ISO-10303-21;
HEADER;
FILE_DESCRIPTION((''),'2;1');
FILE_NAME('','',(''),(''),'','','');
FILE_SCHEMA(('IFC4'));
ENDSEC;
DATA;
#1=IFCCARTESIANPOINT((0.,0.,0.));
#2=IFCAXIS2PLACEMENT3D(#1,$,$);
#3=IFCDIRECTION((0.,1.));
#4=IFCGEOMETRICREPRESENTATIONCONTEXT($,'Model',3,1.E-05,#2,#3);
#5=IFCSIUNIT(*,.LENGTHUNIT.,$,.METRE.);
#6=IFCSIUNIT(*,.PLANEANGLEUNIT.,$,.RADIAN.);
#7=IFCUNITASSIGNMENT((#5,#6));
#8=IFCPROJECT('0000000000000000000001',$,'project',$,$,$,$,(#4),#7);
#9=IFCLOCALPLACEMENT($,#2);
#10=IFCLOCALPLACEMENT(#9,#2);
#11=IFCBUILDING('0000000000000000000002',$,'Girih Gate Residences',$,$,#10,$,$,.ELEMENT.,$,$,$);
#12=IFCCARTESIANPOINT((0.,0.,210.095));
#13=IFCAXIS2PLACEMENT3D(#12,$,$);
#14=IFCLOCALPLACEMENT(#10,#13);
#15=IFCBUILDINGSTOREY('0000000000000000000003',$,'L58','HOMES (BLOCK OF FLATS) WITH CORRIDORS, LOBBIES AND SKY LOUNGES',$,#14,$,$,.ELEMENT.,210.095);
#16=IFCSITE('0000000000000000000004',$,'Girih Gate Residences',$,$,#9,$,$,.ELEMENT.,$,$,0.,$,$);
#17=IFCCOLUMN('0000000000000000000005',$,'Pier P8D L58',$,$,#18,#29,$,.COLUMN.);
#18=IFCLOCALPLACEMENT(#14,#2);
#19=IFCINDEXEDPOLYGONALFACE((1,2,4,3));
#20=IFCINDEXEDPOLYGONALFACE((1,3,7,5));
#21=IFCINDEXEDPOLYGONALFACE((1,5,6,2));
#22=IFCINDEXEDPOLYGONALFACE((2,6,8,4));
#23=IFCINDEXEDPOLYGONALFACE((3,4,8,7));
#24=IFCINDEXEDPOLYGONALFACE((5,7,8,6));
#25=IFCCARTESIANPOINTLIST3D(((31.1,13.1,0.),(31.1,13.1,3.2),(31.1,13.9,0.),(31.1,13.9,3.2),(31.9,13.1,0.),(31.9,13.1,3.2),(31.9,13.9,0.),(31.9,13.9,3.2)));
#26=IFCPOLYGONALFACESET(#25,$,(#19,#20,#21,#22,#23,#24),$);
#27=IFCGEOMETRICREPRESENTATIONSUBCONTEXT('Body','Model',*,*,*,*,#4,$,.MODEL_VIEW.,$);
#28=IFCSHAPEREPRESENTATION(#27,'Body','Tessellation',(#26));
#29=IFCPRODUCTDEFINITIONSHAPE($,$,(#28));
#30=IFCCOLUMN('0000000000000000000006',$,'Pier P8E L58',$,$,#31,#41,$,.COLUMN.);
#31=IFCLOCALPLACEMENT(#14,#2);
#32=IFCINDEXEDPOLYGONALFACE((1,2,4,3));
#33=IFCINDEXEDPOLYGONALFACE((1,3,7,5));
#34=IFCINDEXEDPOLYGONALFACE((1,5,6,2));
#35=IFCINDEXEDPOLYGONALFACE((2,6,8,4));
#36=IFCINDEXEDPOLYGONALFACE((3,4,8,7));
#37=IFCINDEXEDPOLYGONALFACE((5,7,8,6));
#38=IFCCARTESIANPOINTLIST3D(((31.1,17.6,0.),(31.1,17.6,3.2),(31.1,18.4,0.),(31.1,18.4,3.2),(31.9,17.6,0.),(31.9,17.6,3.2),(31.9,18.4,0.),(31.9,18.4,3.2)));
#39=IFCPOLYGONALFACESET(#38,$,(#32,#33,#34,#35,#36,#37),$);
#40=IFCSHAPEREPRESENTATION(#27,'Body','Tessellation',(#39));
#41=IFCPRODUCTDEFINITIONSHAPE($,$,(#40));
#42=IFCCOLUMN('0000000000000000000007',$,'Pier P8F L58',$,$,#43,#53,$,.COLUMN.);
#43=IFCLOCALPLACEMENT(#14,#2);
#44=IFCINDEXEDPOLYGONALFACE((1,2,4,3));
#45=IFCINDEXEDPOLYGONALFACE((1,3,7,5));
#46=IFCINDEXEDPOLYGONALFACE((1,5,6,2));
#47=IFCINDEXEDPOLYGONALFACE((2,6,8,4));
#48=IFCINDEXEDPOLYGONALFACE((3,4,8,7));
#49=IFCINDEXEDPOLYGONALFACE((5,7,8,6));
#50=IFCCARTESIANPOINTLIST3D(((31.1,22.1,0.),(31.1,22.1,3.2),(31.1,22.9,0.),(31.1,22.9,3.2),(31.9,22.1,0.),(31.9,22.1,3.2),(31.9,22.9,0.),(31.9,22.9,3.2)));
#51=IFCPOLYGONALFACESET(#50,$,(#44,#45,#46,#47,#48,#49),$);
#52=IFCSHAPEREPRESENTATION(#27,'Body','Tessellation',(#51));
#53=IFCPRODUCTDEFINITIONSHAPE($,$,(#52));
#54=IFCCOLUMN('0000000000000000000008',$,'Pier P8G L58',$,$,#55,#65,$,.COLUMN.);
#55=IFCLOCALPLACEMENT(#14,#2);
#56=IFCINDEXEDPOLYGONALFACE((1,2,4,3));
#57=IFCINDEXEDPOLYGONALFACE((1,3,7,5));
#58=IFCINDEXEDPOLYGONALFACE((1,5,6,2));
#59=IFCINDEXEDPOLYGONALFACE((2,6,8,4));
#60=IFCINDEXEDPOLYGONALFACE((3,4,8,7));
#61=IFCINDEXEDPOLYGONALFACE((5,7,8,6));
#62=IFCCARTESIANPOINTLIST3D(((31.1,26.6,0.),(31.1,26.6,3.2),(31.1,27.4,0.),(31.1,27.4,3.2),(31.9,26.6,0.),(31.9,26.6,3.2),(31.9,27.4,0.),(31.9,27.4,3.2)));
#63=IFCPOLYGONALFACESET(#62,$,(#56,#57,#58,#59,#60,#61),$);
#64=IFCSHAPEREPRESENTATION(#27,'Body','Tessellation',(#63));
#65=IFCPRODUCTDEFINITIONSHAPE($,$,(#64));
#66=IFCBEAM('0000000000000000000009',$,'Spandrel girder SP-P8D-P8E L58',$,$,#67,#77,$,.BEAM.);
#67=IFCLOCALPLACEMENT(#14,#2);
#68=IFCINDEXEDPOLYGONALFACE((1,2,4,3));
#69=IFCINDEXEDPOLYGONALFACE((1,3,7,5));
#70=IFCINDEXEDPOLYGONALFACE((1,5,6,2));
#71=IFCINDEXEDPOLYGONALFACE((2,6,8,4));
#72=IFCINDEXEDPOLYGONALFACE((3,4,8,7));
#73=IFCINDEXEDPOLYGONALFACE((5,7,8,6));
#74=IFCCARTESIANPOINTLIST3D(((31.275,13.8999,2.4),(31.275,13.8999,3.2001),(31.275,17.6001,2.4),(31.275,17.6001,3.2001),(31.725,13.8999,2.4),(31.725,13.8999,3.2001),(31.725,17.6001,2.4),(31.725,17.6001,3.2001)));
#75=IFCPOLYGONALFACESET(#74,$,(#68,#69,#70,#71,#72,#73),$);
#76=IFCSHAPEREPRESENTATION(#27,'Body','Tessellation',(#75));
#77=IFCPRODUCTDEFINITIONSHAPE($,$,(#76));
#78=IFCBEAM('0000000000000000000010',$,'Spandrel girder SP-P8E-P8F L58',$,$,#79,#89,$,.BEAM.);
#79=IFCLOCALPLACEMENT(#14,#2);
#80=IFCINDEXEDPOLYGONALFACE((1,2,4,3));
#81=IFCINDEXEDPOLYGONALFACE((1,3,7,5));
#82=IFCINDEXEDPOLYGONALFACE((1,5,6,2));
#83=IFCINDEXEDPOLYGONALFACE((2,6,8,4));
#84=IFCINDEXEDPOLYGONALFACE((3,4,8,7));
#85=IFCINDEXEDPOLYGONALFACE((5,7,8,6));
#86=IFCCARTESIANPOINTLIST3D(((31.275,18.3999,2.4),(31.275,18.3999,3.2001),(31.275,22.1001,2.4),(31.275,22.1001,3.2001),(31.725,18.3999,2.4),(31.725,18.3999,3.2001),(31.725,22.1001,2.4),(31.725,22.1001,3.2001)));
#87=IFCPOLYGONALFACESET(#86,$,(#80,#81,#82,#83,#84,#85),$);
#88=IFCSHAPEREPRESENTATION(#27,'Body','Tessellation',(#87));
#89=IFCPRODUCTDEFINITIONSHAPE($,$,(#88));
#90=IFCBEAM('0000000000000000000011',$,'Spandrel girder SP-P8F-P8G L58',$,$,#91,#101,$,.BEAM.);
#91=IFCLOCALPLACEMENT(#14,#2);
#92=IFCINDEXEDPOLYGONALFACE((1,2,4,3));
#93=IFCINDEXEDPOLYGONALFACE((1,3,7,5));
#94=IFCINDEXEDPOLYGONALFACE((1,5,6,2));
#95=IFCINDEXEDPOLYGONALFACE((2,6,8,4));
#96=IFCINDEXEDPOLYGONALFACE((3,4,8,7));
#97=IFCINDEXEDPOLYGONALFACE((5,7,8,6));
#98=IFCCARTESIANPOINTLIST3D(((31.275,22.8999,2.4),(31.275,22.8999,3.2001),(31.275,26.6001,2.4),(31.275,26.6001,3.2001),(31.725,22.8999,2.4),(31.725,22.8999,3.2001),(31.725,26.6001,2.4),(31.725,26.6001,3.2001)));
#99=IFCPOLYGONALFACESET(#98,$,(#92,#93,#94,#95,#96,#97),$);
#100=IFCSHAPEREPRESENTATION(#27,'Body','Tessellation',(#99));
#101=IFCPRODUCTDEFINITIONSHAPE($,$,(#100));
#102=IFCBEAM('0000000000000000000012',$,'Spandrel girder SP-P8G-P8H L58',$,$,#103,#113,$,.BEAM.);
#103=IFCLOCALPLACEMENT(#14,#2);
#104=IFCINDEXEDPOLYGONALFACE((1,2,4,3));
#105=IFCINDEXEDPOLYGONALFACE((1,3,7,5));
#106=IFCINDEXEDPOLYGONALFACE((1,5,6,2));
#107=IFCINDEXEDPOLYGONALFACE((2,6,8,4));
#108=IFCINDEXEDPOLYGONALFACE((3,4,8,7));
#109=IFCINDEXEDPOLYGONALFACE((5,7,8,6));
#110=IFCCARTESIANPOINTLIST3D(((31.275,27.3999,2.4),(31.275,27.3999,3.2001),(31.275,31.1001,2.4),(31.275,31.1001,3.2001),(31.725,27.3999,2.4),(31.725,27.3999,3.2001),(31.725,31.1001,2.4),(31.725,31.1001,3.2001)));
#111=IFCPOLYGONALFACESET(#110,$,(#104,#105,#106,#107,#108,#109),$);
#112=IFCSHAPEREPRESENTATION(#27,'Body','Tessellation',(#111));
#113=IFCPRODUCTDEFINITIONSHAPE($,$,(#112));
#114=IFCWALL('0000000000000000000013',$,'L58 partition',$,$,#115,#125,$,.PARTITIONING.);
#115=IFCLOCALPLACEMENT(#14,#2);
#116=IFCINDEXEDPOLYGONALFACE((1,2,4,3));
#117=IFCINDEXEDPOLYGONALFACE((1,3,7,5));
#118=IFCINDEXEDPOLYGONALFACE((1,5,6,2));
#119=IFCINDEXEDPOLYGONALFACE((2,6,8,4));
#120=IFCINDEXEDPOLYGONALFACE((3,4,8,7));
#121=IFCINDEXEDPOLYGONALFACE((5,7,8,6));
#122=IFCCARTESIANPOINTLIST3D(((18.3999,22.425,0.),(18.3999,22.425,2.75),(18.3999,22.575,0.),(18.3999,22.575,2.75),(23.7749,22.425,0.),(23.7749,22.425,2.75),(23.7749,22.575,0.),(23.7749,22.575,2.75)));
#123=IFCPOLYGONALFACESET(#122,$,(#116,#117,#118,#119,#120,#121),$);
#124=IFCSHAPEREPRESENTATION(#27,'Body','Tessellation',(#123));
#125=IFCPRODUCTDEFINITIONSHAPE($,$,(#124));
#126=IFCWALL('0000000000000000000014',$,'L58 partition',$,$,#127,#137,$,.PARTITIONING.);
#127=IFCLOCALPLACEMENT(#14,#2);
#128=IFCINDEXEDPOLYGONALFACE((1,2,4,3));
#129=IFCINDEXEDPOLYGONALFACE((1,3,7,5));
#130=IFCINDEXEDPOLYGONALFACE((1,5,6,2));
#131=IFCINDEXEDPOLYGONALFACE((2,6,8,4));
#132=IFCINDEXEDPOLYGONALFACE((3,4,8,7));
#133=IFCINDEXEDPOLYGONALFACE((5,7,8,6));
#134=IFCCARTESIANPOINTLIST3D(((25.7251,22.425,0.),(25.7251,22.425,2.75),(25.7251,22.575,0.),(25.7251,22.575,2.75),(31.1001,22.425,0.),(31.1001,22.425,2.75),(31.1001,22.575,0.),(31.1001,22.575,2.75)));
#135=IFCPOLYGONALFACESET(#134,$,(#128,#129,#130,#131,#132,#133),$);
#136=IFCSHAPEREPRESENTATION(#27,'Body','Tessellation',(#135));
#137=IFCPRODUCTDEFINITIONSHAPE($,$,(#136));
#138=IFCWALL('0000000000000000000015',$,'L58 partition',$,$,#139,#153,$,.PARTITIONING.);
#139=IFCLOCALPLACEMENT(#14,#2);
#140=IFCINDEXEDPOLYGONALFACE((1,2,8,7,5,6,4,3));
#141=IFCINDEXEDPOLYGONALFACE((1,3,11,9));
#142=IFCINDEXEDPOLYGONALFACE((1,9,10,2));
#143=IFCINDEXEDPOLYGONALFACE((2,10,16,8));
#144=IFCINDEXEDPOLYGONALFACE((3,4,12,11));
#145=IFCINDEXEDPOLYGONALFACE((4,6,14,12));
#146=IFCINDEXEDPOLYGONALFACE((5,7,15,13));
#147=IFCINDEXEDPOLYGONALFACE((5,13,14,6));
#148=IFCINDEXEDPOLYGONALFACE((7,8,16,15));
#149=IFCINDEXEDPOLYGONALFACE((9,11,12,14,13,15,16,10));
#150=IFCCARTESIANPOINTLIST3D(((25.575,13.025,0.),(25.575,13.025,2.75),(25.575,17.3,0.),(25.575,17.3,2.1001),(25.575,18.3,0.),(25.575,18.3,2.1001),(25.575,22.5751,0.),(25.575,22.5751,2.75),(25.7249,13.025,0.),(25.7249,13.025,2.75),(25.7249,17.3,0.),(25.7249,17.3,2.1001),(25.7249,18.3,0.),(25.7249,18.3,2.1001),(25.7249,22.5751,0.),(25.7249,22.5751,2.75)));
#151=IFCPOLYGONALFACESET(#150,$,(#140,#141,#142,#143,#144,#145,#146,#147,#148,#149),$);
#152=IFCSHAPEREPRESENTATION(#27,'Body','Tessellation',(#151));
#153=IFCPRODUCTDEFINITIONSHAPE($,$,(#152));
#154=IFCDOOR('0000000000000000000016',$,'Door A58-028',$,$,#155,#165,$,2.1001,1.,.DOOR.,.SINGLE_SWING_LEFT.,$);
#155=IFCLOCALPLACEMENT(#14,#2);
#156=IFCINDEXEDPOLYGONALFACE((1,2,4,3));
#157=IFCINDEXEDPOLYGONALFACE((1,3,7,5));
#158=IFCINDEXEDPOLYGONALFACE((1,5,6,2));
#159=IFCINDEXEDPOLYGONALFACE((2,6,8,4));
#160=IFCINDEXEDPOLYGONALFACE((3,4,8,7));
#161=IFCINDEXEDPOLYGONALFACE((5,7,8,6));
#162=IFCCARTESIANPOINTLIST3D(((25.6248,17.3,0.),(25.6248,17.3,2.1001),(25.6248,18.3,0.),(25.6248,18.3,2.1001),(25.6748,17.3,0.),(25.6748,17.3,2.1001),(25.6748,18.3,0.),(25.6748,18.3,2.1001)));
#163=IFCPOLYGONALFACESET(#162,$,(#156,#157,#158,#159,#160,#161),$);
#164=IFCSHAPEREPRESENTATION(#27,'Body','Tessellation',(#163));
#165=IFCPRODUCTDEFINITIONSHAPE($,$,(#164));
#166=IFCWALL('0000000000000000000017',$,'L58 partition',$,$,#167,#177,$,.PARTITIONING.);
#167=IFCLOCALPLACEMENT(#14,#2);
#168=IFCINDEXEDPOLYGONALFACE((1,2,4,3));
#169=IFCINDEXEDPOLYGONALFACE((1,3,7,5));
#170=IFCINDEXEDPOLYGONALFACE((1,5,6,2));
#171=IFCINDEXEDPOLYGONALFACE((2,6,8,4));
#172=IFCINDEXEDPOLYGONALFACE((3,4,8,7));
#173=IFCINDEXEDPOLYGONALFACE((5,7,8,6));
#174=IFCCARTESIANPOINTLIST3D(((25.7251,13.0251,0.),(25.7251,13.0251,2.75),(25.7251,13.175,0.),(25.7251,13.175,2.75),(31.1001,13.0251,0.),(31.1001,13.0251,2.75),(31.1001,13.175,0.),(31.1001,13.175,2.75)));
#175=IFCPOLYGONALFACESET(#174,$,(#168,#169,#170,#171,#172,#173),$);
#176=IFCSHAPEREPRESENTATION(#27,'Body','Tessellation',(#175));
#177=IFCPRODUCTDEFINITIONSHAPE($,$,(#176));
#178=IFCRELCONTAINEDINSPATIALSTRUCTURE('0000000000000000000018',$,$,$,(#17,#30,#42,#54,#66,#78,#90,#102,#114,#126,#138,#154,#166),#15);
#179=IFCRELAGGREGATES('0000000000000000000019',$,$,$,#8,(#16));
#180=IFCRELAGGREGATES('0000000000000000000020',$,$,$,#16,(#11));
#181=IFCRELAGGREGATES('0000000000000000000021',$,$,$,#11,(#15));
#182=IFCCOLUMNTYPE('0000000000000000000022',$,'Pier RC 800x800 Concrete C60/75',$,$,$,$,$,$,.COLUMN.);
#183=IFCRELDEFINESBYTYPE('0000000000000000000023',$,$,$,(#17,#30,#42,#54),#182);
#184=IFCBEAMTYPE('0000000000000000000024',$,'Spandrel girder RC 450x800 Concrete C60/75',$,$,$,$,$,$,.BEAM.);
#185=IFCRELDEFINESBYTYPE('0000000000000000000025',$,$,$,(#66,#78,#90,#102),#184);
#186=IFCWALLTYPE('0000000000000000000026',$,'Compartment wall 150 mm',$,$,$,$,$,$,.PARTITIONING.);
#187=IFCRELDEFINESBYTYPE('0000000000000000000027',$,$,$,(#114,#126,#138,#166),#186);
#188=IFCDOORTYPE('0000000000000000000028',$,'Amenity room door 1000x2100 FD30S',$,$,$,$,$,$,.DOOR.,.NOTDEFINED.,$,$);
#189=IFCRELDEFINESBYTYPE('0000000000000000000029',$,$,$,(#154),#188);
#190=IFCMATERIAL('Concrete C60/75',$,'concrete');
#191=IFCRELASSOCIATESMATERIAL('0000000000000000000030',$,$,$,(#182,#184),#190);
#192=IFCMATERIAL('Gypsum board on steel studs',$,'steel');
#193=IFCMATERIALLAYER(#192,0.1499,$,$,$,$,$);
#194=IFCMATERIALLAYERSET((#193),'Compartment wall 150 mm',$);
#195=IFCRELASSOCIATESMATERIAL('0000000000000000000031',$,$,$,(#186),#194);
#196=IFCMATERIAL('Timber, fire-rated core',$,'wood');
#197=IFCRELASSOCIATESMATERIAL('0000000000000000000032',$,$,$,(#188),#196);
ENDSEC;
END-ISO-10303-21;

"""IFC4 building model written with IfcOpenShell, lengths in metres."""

from ifc_helpers import new_model, si_unit, direction, frame, frame_2d, origin, origin_2d, place, context, subcontext, project, spatial, rectangle, extrude, material, layer, layer_set, material_profile, profile_set, type_object, element, fill, save


model = new_model("IFC4")

# Units and contexts
model_context = context("Model", 3, precision=1e-05, world=origin(), true_north=direction((0.0, 1.0)))
body_context = subcontext(model_context, "Body", "Model", "MODEL_VIEW")
ifc_project = project(units=[si_unit("LENGTHUNIT", "METRE"), si_unit("PLANEANGLEUNIT", "RADIAN")], contexts=[model_context])

# Site, building, storey
site_placement = place(None, origin())
site = spatial("IfcSite", under=ifc_project, at=site_placement, Name="Girih Gate Residences", CompositionType="ELEMENT", RefElevation=0.0)
building_placement = place(site_placement, origin())
building = spatial("IfcBuilding", under=site, at=building_placement, Name="Girih Gate Residences", CompositionType="ELEMENT")
storey_placement = place(building_placement, frame((0.0, 0.0, 210.095)))
storey = spatial("IfcBuildingStorey", under=building, at=storey_placement, Name="L58", Description="HOMES (BLOCK OF FLATS) WITH CORRIDORS, LOBBIES AND SKY LOUNGES", CompositionType="ELEMENT", Elevation=210.095)

# Columns
ifc_material_1 = material(Name="Concrete C60/75", Category="concrete")
ifc_material_profile_1 = material_profile(ifc_material_1, rectangle(XDim=0.8, YDim=0.8, at=origin_2d()))
ifc_profile_set_1 = profile_set([ifc_material_profile_1], Name="Concrete C60/75")
column_type = type_object("IfcColumnType", Name="Pier RC 800x800 Concrete C60/75", PredefinedType="COLUMN", material=ifc_profile_set_1)
for number, where, z_axis, x_axis, name in (
    (1, (31.5, 13.5, 0.0), (0.0, 0.0, 1.0), (1.0, 0.0, 0.0), "Pier P8D L58"),
    (2, (31.5, 18.0, 0.0), (0.0, 0.0, 1.0), (1.0, 0.0, 0.0), "Pier P8E L58"),
    (3, (31.5, 22.5, 0.0), (0.0, 0.0, 1.0), (1.0, 0.0, 0.0), "Pier P8F L58"),
    (4, (31.5, 27.0, 0.0), (0.0, 0.0, 1.0), (1.0, 0.0, 0.0), "Pier P8G L58"),
):
    element("IfcColumn", number, at=place(storey_placement, frame(where, z_axis=z_axis, x_axis=x_axis)), inside=storey, type_object=column_type, Name=name, PredefinedType="COLUMN", context=body_context, shape_type="SweptSolid", body=[
        extrude(rectangle(XDim=0.8, YDim=0.8, at=origin_2d()), origin(), (0.0, 0.0, 1.0), 3.2),
    ])

# Beams
ifc_material_profile_2 = material_profile(ifc_material_1, rectangle(XDim=0.45, YDim=0.8, at=origin_2d()))
ifc_profile_set_2 = profile_set([ifc_material_profile_2], Name="Concrete C60/75")
beam_type = type_object("IfcBeamType", Name="Spandrel girder RC 450x800 Concrete C60/75", PredefinedType="BEAM", material=ifc_profile_set_2)
for number, where, z_axis, x_axis, name in (
    (5, (31.5, 13.8999, 2.8), (0.0, 1.0, 0.0), (-1.0, 0.0, 0.0), "Spandrel girder SP-P8D-P8E L58"),
    (6, (31.5, 18.3999, 2.8), (0.0, 1.0, 0.0), (-1.0, 0.0, 0.0), "Spandrel girder SP-P8E-P8F L58"),
    (7, (31.5, 22.8999, 2.8), (0.0, 1.0, 0.0), (-1.0, 0.0, 0.0), "Spandrel girder SP-P8F-P8G L58"),
    (8, (31.5, 27.3999, 2.8), (0.0, 1.0, 0.0), (-1.0, 0.0, 0.0), "Spandrel girder SP-P8G-P8H L58"),
):
    element("IfcBeam", number, at=place(storey_placement, frame(where, z_axis=z_axis, x_axis=x_axis)), inside=storey, type_object=beam_type, Name=name, PredefinedType="BEAM", context=body_context, shape_type="SweptSolid", body=[
        extrude(rectangle(XDim=0.45, YDim=0.8, at=origin_2d()), origin(), (0.0, 0.0, 1.0), 3.7002),
    ])

# Walls
ifc_material_2 = material(Name="Gypsum board on steel studs", Category="steel")
ifc_layer_1 = layer(ifc_material_2, 0.1499)
ifc_layer_set_1 = layer_set([ifc_layer_1], Name="Compartment wall 150 mm")
wall_type_1 = type_object("IfcWallType", Name="Compartment wall 150 mm", PredefinedType="PARTITIONING", material=ifc_layer_set_1)
for number, where, z_axis, x_axis, name in (
    (9, (18.3999, 22.5, 0.0), (0.0, 0.0, 1.0), (1.0, 0.0, 0.0), "L58 partition"),
    (10, (25.7251, 22.5, 0.0), (0.0, 0.0, 1.0), (1.0, 0.0, 0.0), "L58 partition"),
):
    element("IfcWall", number, at=place(storey_placement, frame(where, z_axis=z_axis, x_axis=x_axis)), inside=storey, type_object=wall_type_1, Name=name, PredefinedType="PARTITIONING", context=body_context, shape_type="SweptSolid", body=[
        extrude(rectangle(XDim=5.375, YDim=0.1499, at=frame_2d((2.6875, 0.0))), origin(), (0.0, 0.0, 1.0), 2.75),
    ])

# Wall, opening, door
wall_1_placement = place(storey_placement, frame((25.6499, 22.575, 0.0), z_axis=(0.0, 0.0, 1.0), x_axis=(0.0, -1.0, 0.0)))
wall_1 = element("IfcWall", 11, at=wall_1_placement, inside=storey, type_object=wall_type_1, Name="L58 partition", PredefinedType="PARTITIONING", context=body_context, shape_type="SweptSolid", body=[
    extrude(rectangle(XDim=9.55, YDim=0.1499, at=frame_2d((4.7749, 0.0))), origin(), (0.0, 0.0, 1.0), 2.75),
])
opening_1_placement = place(wall_1_placement, frame((4.2749, 0.0, 0.0)))
opening_1 = element("IfcOpeningElement", 12, at=opening_1_placement, cuts=wall_1, PredefinedType="OPENING", context=body_context, shape_type="SweptSolid", body=[
    extrude(rectangle(XDim=1.0, YDim=2.1001, at=frame_2d((0.5, 1.05))), frame((0.0, 0.085, 0.0), z_axis=(0.0, -1.0, 0.0), x_axis=(1.0, 0.0, 0.0)), (0.0, 0.0, 1.0), 0.1699),
])
ifc_material_3 = material(Name="Timber, fire-rated core", Category="wood")
door_type_1 = type_object("IfcDoorType", Name="Amenity room door 1000x2100 FD30S", OperationType="NOTDEFINED", PredefinedType="DOOR", material=ifc_material_3)
door_1_placement = place(opening_1_placement, origin())
door_1 = element("IfcDoor", 13, at=door_1_placement, inside=storey, type_object=door_type_1, Name="Door A58-028", OperationType="SINGLE_SWING_LEFT", OverallHeight=2.1001, OverallWidth=1.0, PredefinedType="DOOR", context=body_context, shape_type="SweptSolid", body=[
    extrude(rectangle(XDim=1.0, YDim=2.1001, at=frame_2d((0.5, 1.05))), frame((0.0, 0.0249, 0.0), z_axis=(0.0, -1.0, 0.0), x_axis=(1.0, 0.0, 0.0)), (0.0, 0.0, 1.0), 0.05),
])
fill(opening_1, door_1)

# Wall
wall_2_placement = place(storey_placement, frame((25.7251, 13.1001, 0.0), z_axis=(0.0, 0.0, 1.0), x_axis=(1.0, 0.0, 0.0)))
element("IfcWall", 14, at=wall_2_placement, inside=storey, type_object=wall_type_1, Name="L58 partition", PredefinedType="PARTITIONING", context=body_context, shape_type="SweptSolid", body=[
    extrude(rectangle(XDim=5.375, YDim=0.1499, at=frame_2d((2.6875, 0.0))), origin(), (0.0, 0.0, 1.0), 2.75),
])

save(model, "model.ifc")
